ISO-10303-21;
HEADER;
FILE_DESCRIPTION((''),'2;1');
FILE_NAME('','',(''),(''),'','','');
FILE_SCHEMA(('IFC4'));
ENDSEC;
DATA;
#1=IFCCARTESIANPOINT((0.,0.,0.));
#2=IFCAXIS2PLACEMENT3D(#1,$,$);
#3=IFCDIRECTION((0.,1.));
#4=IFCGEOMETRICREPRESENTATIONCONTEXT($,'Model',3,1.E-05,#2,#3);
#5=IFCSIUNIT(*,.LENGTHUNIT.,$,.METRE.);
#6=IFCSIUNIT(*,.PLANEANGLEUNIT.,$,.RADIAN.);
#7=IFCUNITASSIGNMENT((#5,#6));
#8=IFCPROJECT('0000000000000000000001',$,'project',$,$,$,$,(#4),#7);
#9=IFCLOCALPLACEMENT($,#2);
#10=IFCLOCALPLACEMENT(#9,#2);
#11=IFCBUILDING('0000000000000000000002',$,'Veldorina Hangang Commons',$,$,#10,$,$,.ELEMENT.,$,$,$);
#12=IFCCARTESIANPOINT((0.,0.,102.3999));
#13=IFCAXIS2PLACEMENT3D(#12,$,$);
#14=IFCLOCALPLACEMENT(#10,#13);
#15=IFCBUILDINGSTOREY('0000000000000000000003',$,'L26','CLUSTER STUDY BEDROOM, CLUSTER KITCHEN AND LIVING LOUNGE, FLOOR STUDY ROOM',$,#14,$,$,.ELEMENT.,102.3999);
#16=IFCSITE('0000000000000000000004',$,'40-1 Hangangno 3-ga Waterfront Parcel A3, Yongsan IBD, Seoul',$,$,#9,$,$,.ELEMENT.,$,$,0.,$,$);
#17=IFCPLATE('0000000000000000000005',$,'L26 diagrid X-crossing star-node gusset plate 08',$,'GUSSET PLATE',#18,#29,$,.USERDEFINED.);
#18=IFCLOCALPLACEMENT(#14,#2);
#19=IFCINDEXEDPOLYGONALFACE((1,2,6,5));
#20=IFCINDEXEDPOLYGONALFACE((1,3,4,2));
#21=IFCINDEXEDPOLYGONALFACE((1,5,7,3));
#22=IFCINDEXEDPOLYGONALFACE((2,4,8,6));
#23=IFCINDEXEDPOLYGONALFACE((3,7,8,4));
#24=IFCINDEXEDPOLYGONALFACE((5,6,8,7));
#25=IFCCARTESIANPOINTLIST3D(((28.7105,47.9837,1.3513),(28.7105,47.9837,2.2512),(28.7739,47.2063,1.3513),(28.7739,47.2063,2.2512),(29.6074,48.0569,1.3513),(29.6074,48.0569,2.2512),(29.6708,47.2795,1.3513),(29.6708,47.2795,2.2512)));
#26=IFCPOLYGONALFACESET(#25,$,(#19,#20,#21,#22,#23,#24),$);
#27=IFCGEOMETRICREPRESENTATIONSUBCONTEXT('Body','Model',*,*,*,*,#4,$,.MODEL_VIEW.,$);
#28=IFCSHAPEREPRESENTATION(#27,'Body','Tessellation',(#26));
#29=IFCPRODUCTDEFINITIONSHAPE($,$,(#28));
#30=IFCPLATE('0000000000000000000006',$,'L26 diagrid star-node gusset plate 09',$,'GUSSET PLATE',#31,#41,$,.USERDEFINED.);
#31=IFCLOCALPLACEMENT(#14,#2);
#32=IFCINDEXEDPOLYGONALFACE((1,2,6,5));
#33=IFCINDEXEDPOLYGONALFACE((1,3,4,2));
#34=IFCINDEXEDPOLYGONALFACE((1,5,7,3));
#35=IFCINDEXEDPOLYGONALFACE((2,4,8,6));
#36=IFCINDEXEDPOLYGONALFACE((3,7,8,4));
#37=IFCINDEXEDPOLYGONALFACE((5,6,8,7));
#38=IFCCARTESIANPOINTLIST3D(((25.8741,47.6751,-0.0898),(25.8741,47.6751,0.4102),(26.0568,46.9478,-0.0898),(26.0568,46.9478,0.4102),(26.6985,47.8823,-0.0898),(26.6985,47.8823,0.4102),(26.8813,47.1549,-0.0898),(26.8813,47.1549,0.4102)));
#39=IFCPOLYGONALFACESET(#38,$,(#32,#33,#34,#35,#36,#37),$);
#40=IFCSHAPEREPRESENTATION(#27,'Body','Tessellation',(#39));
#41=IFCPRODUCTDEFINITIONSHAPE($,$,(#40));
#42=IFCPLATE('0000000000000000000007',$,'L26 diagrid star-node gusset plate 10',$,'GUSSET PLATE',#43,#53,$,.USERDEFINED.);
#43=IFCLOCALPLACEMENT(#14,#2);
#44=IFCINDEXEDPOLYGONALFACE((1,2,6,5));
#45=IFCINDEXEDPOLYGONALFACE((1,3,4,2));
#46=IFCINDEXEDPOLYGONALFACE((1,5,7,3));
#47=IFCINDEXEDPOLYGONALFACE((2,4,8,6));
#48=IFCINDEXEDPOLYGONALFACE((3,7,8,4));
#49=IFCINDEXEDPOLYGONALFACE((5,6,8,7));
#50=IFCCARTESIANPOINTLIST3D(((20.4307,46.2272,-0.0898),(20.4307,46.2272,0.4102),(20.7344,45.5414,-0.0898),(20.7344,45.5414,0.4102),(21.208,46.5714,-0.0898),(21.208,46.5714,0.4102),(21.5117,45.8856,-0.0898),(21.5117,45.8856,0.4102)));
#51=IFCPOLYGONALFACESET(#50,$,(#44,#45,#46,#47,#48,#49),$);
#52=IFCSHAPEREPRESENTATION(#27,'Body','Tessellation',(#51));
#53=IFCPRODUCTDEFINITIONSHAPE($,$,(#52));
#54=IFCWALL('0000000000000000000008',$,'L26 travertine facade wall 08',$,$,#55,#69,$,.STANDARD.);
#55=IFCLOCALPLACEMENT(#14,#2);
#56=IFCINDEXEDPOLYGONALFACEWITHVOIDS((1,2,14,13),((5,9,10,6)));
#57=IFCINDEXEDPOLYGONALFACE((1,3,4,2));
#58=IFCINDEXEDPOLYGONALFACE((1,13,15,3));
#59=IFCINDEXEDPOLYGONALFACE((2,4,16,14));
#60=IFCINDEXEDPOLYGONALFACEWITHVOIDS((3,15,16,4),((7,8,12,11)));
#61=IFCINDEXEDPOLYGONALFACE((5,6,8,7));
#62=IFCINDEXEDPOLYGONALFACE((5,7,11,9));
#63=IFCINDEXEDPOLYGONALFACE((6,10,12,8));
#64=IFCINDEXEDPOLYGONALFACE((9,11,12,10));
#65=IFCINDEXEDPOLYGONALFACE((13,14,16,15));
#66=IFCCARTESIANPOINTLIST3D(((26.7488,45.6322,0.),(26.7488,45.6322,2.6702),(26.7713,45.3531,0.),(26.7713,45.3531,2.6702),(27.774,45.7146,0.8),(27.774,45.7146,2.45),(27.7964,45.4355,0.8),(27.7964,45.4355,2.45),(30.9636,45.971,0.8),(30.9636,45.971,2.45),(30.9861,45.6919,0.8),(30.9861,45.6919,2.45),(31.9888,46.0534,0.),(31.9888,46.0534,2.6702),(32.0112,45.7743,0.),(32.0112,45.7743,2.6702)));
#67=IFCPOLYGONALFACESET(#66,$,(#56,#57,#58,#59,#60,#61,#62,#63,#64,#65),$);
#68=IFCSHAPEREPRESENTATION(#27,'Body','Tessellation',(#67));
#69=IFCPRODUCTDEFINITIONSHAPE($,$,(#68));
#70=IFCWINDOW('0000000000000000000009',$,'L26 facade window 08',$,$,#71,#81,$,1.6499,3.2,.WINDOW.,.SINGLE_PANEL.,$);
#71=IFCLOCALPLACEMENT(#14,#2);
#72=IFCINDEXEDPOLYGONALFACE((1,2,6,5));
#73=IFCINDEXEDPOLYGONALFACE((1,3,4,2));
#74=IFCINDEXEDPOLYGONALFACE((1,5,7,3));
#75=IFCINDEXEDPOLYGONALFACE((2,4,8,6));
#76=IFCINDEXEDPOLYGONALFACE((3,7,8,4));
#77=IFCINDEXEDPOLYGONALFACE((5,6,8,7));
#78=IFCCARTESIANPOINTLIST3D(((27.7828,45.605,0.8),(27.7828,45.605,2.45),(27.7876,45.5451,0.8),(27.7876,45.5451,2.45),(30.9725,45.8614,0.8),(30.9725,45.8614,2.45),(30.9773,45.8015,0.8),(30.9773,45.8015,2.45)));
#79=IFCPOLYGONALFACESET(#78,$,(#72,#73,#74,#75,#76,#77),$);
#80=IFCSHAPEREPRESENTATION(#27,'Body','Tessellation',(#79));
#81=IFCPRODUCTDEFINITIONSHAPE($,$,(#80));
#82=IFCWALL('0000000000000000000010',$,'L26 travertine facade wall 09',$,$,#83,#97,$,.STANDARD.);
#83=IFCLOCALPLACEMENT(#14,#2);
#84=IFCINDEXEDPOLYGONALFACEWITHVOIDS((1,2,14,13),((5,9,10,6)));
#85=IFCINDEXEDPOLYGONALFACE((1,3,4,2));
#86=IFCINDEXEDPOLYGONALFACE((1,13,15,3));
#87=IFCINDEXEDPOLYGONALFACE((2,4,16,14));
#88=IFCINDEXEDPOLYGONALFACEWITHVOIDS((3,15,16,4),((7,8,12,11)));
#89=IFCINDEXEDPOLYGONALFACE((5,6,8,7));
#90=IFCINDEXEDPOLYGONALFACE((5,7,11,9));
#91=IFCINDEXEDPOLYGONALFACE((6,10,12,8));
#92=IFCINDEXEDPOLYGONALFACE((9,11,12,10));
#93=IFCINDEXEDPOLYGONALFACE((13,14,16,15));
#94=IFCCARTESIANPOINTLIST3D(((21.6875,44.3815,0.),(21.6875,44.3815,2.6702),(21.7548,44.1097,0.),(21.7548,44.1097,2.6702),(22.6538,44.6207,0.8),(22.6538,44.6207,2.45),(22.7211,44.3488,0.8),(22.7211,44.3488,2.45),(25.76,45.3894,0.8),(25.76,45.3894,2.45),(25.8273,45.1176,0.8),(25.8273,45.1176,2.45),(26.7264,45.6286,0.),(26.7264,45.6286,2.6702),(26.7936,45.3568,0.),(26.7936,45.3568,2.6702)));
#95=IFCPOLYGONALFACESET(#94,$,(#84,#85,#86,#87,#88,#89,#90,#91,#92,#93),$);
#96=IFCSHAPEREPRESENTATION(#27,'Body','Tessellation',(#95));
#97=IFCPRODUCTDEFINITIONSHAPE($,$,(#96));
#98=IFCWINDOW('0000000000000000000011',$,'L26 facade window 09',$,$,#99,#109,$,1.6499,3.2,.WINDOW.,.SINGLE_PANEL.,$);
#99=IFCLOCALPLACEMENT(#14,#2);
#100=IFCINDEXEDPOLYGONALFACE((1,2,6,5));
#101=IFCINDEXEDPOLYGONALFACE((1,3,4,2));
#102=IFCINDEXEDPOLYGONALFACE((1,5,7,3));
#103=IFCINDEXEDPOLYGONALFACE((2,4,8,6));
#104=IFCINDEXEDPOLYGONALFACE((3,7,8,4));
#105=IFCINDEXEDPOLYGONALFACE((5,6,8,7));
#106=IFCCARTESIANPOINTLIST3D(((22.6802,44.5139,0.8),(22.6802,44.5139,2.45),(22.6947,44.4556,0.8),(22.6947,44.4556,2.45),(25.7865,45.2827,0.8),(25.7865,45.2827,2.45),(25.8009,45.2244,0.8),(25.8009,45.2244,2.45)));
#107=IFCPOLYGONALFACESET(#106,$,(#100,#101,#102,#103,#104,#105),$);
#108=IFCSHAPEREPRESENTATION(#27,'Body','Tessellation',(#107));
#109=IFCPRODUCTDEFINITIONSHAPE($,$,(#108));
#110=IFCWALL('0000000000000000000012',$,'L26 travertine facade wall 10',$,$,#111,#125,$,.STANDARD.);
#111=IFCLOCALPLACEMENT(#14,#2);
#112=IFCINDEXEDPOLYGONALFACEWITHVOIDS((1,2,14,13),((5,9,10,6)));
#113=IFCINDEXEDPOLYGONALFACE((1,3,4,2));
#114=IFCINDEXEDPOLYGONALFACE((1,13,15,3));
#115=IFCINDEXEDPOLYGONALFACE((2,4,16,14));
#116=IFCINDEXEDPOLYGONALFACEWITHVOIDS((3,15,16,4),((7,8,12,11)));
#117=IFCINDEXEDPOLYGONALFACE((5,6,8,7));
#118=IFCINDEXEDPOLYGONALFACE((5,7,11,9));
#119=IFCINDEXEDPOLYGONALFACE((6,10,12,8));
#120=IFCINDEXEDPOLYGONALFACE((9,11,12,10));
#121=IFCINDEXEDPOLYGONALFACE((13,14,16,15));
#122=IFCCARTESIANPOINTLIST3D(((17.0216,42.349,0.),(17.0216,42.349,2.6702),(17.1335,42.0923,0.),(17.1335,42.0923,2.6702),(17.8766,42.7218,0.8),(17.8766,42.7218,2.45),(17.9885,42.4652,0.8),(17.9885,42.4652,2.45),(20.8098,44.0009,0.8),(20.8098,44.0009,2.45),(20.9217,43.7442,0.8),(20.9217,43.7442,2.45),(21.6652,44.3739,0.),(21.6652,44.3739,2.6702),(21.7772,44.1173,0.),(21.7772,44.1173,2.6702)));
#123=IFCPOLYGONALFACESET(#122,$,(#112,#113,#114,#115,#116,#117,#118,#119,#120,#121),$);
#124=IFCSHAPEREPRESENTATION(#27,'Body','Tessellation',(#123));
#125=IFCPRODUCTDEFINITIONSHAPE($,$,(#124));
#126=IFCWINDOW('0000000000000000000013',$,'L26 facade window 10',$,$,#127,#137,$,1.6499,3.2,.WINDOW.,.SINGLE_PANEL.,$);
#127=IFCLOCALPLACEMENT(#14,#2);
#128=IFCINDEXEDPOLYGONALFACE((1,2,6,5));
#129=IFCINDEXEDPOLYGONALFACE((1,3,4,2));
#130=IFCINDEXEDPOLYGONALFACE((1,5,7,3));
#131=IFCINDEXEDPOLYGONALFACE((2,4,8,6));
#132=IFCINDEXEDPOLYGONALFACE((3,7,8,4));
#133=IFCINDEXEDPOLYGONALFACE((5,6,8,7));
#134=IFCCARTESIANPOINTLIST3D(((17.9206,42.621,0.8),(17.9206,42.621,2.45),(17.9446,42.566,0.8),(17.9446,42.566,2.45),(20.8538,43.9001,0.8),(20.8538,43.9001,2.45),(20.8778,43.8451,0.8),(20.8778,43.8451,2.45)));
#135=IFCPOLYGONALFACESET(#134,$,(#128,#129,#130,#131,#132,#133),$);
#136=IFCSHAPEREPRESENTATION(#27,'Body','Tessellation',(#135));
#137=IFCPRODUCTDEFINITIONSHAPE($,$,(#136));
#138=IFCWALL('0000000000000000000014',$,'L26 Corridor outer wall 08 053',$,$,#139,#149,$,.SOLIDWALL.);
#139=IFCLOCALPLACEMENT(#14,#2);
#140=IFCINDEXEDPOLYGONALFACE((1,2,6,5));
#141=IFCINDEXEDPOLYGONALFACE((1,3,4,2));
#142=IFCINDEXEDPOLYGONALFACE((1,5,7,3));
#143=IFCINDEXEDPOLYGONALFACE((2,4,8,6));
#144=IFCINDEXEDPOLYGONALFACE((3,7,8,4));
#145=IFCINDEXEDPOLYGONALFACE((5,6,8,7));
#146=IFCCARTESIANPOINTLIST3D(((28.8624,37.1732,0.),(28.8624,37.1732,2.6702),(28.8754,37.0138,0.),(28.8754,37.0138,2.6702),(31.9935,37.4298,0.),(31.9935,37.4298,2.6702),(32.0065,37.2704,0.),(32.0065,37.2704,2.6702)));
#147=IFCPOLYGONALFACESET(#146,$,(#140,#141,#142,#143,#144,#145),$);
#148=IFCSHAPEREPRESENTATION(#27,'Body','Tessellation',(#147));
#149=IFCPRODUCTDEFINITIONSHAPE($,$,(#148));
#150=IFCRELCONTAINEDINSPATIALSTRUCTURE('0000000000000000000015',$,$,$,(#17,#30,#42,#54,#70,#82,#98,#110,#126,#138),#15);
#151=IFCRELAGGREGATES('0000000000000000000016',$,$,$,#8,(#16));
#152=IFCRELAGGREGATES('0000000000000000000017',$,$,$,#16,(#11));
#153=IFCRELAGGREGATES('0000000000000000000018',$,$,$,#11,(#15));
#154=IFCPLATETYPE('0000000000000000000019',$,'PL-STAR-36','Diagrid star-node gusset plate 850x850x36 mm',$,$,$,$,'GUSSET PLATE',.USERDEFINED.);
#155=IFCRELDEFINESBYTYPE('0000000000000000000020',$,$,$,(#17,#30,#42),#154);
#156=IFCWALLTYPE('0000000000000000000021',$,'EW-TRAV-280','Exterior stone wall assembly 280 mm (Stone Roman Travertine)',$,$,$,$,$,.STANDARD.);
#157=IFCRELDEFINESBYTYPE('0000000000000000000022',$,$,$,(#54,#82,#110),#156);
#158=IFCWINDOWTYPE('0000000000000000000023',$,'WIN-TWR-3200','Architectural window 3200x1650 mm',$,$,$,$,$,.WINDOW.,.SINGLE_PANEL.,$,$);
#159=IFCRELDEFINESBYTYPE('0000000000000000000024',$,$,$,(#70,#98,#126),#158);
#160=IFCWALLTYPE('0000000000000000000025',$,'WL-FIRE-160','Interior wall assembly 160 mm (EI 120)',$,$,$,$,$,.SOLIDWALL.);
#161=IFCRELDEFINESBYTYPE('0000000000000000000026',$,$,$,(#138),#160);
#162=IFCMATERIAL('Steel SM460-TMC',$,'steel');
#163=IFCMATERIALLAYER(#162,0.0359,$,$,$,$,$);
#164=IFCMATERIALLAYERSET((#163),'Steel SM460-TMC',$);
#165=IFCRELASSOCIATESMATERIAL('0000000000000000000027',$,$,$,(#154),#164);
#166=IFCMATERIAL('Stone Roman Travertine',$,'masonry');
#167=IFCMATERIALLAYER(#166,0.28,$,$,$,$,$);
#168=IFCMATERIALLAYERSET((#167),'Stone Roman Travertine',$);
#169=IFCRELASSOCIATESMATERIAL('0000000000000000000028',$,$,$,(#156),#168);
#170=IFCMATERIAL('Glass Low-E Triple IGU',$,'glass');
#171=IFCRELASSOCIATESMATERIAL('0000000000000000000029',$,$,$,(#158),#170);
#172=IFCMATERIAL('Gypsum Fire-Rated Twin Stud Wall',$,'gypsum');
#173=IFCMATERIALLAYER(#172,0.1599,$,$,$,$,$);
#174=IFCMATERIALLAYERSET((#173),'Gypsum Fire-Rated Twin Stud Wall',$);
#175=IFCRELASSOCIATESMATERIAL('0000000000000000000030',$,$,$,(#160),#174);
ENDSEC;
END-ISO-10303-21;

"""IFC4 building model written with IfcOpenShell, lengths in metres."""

from ifc_helpers import new_model, si_unit, direction, frame, frame_2d, origin, origin_2d, place, context, subcontext, project, spatial, rectangle, extrude, material, layer, layer_set, type_object, element, fill, save


model = new_model("IFC4")

# Units and contexts
model_context = context("Model", 3, precision=1e-05, world=origin(), true_north=direction((0.0, 1.0)))
body_context = subcontext(model_context, "Body", "Model", "MODEL_VIEW")
ifc_project = project(units=[si_unit("LENGTHUNIT", "METRE"), si_unit("PLANEANGLEUNIT", "RADIAN")], contexts=[model_context])

# Site, building, storey
site_placement = place(None, origin())
site = spatial("IfcSite", under=ifc_project, at=site_placement, Name="40-1 Hangangno 3-ga Waterfront Parcel A3, Yongsan IBD, Seoul", CompositionType="ELEMENT", RefElevation=0.0)
building_placement = place(site_placement, origin())
building = spatial("IfcBuilding", under=site, at=building_placement, Name="Veldorina Hangang Commons", CompositionType="ELEMENT")
storey_placement = place(building_placement, frame((0.0, 0.0, 102.3999)))
storey = spatial("IfcBuildingStorey", under=building, at=storey_placement, Name="L26", Description="CLUSTER STUDY BEDROOM, CLUSTER KITCHEN AND LIVING LOUNGE, FLOOR STUDY ROOM", CompositionType="ELEMENT", Elevation=102.3999)

# Shared definitions
ifc_material_1 = material(Name="Steel SM460-TMC", Category="steel")

# Plates
ifc_layer_1 = layer(ifc_material_1, 0.0359)
ifc_layer_set_1 = layer_set([ifc_layer_1], Name="Steel SM460-TMC")
plate_type = type_object("IfcPlateType", Name="PL-STAR-36", Description="Diagrid star-node gusset plate 850x850x36 mm", ElementType="GUSSET PLATE", PredefinedType="USERDEFINED", material=ifc_layer_set_1)
plate_1_placement = place(storey_placement, frame((29.1907, 47.6316, 1.3513), z_axis=(0.0, 0.0, 1.0), x_axis=(-0.996689, -0.081312, 0.0)))
element("IfcPlate", 1, at=plate_1_placement, inside=storey, type_object=plate_type, Name="L26 diagrid X-crossing star-node gusset plate 08", ObjectType="GUSSET PLATE", PredefinedType="USERDEFINED", context=body_context, shape_type="SweptSolid", body=[
    extrude(rectangle(XDim=0.8999, YDim=0.78, at=origin_2d()), origin(), (0.0, 0.0, 1.0), 0.8999),
])
for number, where, z_axis, x_axis, name in (
    (2, (26.3777, 47.415, -0.0898), (0.0, 0.0, 1.0), (-0.969846, -0.243717, 0.0), "L26 diagrid star-node gusset plate 09"),
    (3, (20.9712, 46.0564, -0.0898), (0.0, 0.0, 1.0), (-0.914381, -0.404854, 0.0), "L26 diagrid star-node gusset plate 10"),
):
    element("IfcPlate", number, at=place(storey_placement, frame(where, z_axis=z_axis, x_axis=x_axis)), inside=storey, type_object=plate_type, Name=name, ObjectType="GUSSET PLATE", PredefinedType="USERDEFINED", context=body_context, shape_type="SweptSolid", body=[
        extrude(rectangle(XDim=0.8501, YDim=0.75, at=origin_2d()), origin(), (0.0, 0.0, 1.0), 0.5),
    ])

# Walls, openings, windows
ifc_material_2 = material(Name="Stone Roman Travertine", Category="masonry")
ifc_layer_2 = layer(ifc_material_2, 0.28)
ifc_layer_set_2 = layer_set([ifc_layer_2], Name="Stone Roman Travertine")
wall_type_1 = type_object("IfcWallType", Name="EW-TRAV-280", Description="Exterior stone wall assembly 280 mm (Stone Roman Travertine)", PredefinedType="STANDARD", material=ifc_layer_set_2)
wall_1_placement = place(storey_placement, frame((32.0, 45.9138, 0.0), z_axis=(0.0, 0.0, 1.0), x_axis=(-0.996786, -0.080113, 0.0)))
wall_1 = element("IfcWall", 4, at=wall_1_placement, inside=storey, type_object=wall_type_1, Name="L26 travertine facade wall 08", PredefinedType="STANDARD", context=body_context, shape_type="SweptSolid", body=[
    extrude(rectangle(XDim=5.2568, YDim=0.28, at=frame_2d((2.6284, 0.0))), origin(), (0.0, 0.0, 1.0), 2.6702),
])
opening_1_placement = place(wall_1_placement, frame((1.0283, 0.0, 0.8)))
opening_1 = element("IfcOpeningElement", 5, at=opening_1_placement, cuts=wall_1, PredefinedType="OPENING", context=body_context, shape_type="SweptSolid", body=[
    extrude(rectangle(XDim=3.2, YDim=1.6499, at=frame_2d((1.6001, 0.825))), frame((0.0, 0.1499, 0.0), z_axis=(0.0, -1.0, 0.0), x_axis=(1.0, 0.0, 0.0)), (0.0, 0.0, 1.0), 0.3),
])
ifc_material_3 = material(Name="Glass Low-E Triple IGU", Category="glass")
window_type = type_object("IfcWindowType", Name="WIN-TWR-3200", Description="Architectural window 3200x1650 mm", PartitioningType="SINGLE_PANEL", PredefinedType="WINDOW", material=ifc_material_3)
window_1_placement = place(opening_1_placement, origin())
window_1 = element("IfcWindow", 6, at=window_1_placement, inside=storey, type_object=window_type, Name="L26 facade window 08", OverallHeight=1.6499, OverallWidth=3.2, PartitioningType="SINGLE_PANEL", PredefinedType="WINDOW", context=body_context, shape_type="SweptSolid", body=[
    extrude(rectangle(XDim=3.2, YDim=1.6499, at=frame_2d((1.6001, 0.825))), frame((0.0, 0.03, 0.0), z_axis=(0.0, -1.0, 0.0), x_axis=(1.0, 0.0, 0.0)), (0.0, 0.0, 1.0), 0.0601),
])
fill(opening_1, window_1)
wall_2_placement = place(storey_placement, frame((26.76, 45.4927, 0.0), z_axis=(0.0, 0.0, 1.0), x_axis=(-0.970712, -0.240244, 0.0)))
wall_2 = element("IfcWall", 7, at=wall_2_placement, inside=storey, type_object=wall_type_1, Name="L26 travertine facade wall 09", PredefinedType="STANDARD", context=body_context, shape_type="SweptSolid", body=[
    extrude(rectangle(XDim=5.1909, YDim=0.28, at=frame_2d((2.5955, 0.0))), origin(), (0.0, 0.0, 1.0), 2.6702),
])
opening_2_placement = place(wall_2_placement, frame((0.9954, 0.0, 0.8)))
opening_2 = element("IfcOpeningElement", 8, at=opening_2_placement, cuts=wall_2, PredefinedType="OPENING", context=body_context, shape_type="SweptSolid", body=[
    extrude(rectangle(XDim=3.2, YDim=1.6499, at=frame_2d((1.6001, 0.825))), frame((0.0, 0.1499, 0.0), z_axis=(0.0, -1.0, 0.0), x_axis=(1.0, 0.0, 0.0)), (0.0, 0.0, 1.0), 0.3),
])
window_2_placement = place(opening_2_placement, origin())
window_2 = element("IfcWindow", 9, at=window_2_placement, inside=storey, type_object=window_type, Name="L26 facade window 09", OverallHeight=1.6499, OverallWidth=3.2, PartitioningType="SINGLE_PANEL", PredefinedType="WINDOW", context=body_context, shape_type="SweptSolid", body=[
    extrude(rectangle(XDim=3.2, YDim=1.6499, at=frame_2d((1.6001, 0.825))), frame((0.0, 0.03, 0.0), z_axis=(0.0, -1.0, 0.0), x_axis=(1.0, 0.0, 0.0)), (0.0, 0.0, 1.0), 0.0601),
])
fill(opening_2, window_2)
wall_3_placement = place(storey_placement, frame((21.7212, 44.2456, 0.0), z_axis=(0.0, 0.0, 1.0), x_axis=(-0.916639, -0.399716, 0.0)))
wall_3 = element("IfcWall", 10, at=wall_3_placement, inside=storey, type_object=wall_type_1, Name="L26 travertine facade wall 10", PredefinedType="STANDARD", context=body_context, shape_type="SweptSolid", body=[
    extrude(rectangle(XDim=5.0659, YDim=0.28, at=frame_2d((2.533, 0.0))), origin(), (0.0, 0.0, 1.0), 2.6702),
])
opening_3_placement = place(wall_3_placement, frame((0.9331, 0.0, 0.8)))
opening_3 = element("IfcOpeningElement", 11, at=opening_3_placement, cuts=wall_3, PredefinedType="OPENING", context=body_context, shape_type="SweptSolid", body=[
    extrude(rectangle(XDim=3.2, YDim=1.6499, at=frame_2d((1.6001, 0.825))), frame((0.0, 0.1499, 0.0), z_axis=(0.0, -1.0, 0.0), x_axis=(1.0, 0.0, 0.0)), (0.0, 0.0, 1.0), 0.3),
])
window_3_placement = place(opening_3_placement, origin())
window_3 = element("IfcWindow", 12, at=window_3_placement, inside=storey, type_object=window_type, Name="L26 facade window 10", OverallHeight=1.6499, OverallWidth=3.2, PartitioningType="SINGLE_PANEL", PredefinedType="WINDOW", context=body_context, shape_type="SweptSolid", body=[
    extrude(rectangle(XDim=3.2, YDim=1.6499, at=frame_2d((1.6001, 0.825))), frame((0.0, 0.03, 0.0), z_axis=(0.0, -1.0, 0.0), x_axis=(1.0, 0.0, 0.0)), (0.0, 0.0, 1.0), 0.0601),
])
fill(opening_3, window_3)

# Wall
ifc_material_4 = material(Name="Gypsum Fire-Rated Twin Stud Wall", Category="gypsum")
ifc_layer_3 = layer(ifc_material_4, 0.1599)
ifc_layer_set_3 = layer_set([ifc_layer_3], Name="Gypsum Fire-Rated Twin Stud Wall")
wall_type_2 = type_object("IfcWallType", Name="WL-FIRE-160", Description="Interior wall assembly 160 mm (EI 120)", PredefinedType="SOLIDWALL", material=ifc_layer_set_3)
wall_4_placement = place(storey_placement, frame((32.0, 37.3501, 0.0), z_axis=(0.0, 0.0, 1.0), x_axis=(-0.996659, -0.081676, 0.0)))
element("IfcWall", 13, at=wall_4_placement, inside=storey, type_object=wall_type_2, Name="L26 Corridor outer wall 08 053", PredefinedType="SOLIDWALL", context=body_context, shape_type="SweptSolid", body=[
    extrude(rectangle(XDim=3.1416, YDim=0.1599, at=frame_2d((1.5708, 0.0))), origin(), (0.0, 0.0, 1.0), 2.6702),
])

save(model, "model.ifc")
